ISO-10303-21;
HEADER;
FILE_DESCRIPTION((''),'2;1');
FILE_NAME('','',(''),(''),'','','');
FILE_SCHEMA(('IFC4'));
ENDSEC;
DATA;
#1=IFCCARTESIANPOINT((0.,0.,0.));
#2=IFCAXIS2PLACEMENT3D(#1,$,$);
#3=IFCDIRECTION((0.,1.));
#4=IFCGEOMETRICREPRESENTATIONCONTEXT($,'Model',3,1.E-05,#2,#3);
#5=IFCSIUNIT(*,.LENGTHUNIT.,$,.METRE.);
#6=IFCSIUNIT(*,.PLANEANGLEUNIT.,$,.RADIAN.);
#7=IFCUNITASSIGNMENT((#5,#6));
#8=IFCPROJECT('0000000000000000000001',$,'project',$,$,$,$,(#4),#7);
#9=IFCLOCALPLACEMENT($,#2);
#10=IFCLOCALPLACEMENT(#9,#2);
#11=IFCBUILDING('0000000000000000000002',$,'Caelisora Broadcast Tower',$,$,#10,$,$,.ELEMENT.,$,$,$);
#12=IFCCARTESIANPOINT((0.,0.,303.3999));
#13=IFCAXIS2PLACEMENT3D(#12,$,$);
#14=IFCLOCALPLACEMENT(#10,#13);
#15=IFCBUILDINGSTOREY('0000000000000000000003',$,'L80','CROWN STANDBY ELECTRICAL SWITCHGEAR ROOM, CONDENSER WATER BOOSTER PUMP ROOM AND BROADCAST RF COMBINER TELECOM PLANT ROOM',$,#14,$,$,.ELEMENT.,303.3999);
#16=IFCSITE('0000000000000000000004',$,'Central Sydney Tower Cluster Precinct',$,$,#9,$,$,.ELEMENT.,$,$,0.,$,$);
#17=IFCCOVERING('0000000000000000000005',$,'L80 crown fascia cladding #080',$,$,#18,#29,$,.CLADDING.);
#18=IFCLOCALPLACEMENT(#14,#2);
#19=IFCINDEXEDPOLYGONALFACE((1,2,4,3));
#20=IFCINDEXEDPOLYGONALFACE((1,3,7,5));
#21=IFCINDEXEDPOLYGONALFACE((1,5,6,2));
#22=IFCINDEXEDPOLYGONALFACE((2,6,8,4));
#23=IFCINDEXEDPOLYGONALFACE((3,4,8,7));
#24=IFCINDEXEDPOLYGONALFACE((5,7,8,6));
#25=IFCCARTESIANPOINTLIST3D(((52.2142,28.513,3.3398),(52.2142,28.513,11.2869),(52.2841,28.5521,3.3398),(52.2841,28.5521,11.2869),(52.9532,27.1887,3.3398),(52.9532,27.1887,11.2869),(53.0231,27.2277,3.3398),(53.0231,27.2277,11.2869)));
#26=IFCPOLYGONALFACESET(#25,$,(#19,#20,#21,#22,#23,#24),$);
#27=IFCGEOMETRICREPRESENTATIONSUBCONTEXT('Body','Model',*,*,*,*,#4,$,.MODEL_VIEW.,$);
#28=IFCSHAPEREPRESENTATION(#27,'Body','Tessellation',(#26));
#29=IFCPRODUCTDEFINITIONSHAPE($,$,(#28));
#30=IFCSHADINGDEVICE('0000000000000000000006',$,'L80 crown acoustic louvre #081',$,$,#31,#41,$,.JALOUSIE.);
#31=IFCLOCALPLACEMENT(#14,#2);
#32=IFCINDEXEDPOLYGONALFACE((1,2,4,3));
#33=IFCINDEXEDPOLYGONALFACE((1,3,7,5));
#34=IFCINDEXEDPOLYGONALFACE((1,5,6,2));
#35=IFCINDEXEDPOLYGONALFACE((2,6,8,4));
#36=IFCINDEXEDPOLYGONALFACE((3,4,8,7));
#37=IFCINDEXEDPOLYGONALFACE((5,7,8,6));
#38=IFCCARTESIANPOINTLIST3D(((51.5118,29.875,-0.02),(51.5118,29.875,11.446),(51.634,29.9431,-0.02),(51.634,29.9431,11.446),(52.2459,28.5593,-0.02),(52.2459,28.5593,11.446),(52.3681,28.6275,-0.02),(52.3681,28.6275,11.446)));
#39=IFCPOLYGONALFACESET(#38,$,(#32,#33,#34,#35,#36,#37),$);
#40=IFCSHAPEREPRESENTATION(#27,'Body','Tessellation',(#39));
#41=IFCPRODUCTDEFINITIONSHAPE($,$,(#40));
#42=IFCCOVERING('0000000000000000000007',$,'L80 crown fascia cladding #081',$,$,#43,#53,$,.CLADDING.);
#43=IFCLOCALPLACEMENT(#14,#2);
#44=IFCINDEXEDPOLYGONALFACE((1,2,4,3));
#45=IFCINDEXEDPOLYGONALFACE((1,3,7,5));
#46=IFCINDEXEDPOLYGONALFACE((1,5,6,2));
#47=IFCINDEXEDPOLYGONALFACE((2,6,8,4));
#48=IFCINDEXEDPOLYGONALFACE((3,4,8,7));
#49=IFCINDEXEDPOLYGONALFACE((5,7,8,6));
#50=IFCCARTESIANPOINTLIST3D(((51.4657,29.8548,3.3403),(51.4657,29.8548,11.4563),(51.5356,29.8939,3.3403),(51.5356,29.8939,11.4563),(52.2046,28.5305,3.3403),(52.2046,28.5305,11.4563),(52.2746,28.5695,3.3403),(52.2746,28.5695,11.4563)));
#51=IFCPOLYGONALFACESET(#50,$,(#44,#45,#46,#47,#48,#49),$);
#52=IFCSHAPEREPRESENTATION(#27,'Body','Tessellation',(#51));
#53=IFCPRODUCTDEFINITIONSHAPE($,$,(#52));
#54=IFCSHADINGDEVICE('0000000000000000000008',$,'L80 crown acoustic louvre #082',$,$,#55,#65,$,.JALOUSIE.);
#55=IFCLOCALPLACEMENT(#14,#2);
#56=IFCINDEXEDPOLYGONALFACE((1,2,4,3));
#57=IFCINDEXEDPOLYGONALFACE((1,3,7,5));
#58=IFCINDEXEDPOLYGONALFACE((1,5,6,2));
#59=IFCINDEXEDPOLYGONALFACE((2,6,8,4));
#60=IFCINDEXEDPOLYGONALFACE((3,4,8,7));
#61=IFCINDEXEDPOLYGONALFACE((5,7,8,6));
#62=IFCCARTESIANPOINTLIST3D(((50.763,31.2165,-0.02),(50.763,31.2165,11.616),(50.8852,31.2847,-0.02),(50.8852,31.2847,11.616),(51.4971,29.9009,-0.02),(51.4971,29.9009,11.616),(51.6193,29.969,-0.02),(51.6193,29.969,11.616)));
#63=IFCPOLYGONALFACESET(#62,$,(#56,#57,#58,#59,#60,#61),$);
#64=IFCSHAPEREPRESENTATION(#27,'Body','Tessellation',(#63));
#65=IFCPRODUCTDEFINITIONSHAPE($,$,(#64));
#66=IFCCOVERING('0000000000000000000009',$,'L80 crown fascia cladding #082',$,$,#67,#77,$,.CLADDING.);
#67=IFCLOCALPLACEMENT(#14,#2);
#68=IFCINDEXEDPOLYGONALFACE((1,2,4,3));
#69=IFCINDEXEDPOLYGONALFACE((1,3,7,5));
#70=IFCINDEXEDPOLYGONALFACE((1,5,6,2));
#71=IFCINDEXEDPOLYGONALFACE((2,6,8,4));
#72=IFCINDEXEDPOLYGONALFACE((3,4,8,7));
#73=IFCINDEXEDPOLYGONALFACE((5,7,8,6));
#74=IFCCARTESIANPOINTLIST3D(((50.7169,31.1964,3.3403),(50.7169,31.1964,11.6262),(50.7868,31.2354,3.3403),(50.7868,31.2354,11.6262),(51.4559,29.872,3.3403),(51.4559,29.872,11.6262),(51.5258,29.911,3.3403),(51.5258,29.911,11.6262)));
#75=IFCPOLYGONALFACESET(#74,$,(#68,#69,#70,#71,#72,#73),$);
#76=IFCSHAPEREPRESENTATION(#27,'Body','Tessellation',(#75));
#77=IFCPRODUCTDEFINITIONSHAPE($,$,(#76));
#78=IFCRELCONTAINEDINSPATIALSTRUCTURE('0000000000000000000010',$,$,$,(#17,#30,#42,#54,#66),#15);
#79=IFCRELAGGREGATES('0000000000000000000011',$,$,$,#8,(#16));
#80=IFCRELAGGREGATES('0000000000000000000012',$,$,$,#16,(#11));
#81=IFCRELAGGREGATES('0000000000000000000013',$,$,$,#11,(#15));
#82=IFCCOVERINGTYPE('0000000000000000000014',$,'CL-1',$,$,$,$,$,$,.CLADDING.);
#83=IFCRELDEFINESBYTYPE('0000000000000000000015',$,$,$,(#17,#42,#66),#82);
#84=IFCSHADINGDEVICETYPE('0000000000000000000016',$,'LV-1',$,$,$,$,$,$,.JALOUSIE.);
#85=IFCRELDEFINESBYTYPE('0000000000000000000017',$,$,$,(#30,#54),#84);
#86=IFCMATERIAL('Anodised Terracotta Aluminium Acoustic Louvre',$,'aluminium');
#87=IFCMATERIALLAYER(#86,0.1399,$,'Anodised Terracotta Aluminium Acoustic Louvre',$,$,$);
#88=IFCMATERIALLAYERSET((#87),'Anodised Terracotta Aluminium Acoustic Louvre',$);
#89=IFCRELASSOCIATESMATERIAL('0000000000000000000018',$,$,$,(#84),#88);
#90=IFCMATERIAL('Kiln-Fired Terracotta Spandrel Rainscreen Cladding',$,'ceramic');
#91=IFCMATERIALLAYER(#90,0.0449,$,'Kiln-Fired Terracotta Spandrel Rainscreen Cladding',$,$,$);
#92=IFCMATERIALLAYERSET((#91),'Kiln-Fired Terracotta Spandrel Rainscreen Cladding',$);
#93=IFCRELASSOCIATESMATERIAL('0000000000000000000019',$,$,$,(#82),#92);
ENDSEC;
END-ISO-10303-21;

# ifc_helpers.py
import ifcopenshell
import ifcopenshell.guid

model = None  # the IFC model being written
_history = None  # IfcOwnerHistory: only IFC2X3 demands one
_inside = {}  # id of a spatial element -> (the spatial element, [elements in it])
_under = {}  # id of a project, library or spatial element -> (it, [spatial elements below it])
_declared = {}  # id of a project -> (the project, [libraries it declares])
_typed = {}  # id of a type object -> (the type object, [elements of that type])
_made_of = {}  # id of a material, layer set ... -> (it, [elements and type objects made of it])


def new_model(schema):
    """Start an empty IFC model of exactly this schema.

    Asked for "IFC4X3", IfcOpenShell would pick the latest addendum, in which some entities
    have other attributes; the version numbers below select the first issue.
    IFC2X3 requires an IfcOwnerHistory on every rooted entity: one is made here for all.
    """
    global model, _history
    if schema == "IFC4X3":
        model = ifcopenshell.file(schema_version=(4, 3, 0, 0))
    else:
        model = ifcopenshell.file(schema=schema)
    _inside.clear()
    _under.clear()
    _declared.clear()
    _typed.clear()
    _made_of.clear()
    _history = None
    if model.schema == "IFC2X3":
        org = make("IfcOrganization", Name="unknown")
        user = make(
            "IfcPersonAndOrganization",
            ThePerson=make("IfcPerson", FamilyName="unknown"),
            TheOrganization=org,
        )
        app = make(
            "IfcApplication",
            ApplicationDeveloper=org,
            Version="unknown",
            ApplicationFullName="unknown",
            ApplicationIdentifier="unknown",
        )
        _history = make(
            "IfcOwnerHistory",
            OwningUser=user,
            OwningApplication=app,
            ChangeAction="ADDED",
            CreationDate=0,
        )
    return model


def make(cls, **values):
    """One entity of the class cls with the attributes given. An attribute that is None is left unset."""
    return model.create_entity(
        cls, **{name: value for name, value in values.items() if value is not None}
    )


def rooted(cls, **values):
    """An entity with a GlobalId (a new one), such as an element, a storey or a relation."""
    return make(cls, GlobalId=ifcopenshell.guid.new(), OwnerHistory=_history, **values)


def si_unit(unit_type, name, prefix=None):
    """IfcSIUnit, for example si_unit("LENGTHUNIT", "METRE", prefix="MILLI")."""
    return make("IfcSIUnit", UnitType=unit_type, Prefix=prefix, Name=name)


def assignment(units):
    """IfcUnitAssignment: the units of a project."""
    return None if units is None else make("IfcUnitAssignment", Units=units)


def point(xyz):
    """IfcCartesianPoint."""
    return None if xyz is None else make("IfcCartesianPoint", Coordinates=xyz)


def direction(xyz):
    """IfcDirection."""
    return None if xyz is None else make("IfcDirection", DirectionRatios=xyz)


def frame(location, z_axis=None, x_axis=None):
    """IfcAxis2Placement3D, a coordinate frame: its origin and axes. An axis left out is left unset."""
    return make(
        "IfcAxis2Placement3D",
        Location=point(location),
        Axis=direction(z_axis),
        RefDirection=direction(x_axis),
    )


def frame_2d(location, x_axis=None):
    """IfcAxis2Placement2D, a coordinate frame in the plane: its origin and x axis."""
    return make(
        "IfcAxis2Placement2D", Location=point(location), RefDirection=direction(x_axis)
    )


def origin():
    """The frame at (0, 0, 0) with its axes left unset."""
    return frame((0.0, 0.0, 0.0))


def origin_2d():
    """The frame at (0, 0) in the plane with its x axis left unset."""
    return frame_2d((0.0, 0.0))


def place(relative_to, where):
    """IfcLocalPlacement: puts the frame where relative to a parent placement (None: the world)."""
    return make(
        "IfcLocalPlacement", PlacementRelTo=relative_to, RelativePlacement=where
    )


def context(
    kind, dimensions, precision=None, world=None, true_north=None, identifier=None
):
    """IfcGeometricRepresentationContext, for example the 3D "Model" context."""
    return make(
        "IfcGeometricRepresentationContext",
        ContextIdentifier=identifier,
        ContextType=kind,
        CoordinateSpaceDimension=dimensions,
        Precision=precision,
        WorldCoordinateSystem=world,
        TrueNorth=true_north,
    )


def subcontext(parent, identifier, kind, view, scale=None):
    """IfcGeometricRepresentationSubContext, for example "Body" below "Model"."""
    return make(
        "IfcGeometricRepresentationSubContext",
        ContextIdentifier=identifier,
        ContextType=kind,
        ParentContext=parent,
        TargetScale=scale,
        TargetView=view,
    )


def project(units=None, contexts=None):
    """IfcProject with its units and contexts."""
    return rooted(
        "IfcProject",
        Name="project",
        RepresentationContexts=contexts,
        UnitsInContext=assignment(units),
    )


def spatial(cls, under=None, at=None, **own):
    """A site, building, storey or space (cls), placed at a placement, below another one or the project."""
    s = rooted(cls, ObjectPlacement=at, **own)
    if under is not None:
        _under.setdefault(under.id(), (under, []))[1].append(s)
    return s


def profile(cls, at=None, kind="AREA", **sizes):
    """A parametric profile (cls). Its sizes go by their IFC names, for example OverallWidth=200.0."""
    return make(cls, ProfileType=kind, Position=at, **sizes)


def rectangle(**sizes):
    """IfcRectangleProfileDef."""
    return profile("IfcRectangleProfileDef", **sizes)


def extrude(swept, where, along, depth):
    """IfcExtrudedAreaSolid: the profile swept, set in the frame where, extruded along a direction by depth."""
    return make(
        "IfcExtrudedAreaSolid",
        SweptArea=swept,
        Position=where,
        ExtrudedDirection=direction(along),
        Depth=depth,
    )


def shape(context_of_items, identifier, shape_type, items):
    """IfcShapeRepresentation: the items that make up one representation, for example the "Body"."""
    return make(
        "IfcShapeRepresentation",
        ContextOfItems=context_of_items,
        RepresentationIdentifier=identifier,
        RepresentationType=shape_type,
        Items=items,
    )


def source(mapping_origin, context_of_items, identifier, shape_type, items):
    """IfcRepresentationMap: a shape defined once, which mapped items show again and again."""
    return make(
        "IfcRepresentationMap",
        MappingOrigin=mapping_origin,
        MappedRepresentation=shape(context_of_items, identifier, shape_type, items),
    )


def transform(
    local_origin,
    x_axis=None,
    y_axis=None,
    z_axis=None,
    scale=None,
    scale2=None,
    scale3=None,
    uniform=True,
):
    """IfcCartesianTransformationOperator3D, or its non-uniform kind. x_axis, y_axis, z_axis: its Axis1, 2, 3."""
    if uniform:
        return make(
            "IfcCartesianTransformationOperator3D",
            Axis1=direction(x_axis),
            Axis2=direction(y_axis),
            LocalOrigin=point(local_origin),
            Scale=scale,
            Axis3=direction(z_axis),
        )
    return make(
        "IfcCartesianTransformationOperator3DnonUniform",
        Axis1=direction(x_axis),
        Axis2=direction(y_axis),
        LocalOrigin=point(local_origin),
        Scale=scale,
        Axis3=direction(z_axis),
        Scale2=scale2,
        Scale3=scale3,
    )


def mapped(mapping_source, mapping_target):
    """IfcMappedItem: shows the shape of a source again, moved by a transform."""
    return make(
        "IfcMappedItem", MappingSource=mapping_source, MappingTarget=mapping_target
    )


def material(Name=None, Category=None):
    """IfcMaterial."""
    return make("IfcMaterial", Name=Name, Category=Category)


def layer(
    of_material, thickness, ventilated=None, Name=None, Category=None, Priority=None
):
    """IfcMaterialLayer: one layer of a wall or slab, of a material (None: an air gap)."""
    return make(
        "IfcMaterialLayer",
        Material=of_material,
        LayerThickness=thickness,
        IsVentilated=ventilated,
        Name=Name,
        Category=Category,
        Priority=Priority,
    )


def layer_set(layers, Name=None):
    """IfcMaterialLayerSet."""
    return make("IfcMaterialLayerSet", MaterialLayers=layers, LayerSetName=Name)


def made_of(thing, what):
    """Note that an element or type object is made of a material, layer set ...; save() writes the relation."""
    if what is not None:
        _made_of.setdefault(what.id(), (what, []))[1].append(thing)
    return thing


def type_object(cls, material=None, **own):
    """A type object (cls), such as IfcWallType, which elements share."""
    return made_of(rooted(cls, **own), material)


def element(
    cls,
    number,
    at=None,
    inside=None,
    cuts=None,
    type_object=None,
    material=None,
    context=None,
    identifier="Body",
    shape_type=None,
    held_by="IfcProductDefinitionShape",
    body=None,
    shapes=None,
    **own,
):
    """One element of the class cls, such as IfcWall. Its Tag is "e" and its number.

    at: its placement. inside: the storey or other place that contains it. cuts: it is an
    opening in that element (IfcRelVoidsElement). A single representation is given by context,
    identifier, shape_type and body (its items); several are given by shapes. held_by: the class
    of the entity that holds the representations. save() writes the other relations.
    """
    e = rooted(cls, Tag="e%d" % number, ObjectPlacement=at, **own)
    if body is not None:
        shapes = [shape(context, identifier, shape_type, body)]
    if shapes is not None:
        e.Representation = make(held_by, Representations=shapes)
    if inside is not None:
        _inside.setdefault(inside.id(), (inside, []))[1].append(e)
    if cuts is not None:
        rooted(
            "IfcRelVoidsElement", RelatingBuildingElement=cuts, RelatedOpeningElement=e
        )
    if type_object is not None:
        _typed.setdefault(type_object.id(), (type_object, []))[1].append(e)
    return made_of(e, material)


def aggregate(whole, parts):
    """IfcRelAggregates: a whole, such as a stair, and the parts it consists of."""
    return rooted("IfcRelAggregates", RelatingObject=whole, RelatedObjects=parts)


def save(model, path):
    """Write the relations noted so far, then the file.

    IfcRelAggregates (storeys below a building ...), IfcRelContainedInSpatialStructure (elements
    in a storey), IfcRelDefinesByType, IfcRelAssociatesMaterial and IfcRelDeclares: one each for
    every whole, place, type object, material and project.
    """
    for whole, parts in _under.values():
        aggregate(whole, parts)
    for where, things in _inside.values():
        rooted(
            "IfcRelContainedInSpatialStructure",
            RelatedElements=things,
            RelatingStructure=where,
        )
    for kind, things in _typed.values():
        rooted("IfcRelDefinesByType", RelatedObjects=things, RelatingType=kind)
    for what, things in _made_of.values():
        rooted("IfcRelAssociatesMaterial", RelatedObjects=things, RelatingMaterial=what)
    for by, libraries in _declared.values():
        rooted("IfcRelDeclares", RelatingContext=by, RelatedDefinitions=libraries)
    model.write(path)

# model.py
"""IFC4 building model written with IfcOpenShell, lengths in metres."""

from ifc_helpers import new_model, si_unit, direction, frame, origin, origin_2d, place, context, subcontext, project, spatial, rectangle, extrude, source, transform, mapped, material, layer, layer_set, type_object, element, save


model = new_model("IFC4")

# Units and contexts
model_context = context("Model", 3, precision=1e-05, world=origin(), true_north=direction((0.0, 1.0)))
body_context = subcontext(model_context, "Body", "Model", "MODEL_VIEW")
ifc_project = project(units=[si_unit("LENGTHUNIT", "METRE"), si_unit("PLANEANGLEUNIT", "RADIAN")], contexts=[model_context])

# Site, building, storey
site_placement = place(None, origin())
site = spatial("IfcSite", under=ifc_project, at=site_placement, Name="Central Sydney Tower Cluster Precinct", CompositionType="ELEMENT", RefElevation=0.0)
building_placement = place(site_placement, origin())
building = spatial("IfcBuilding", under=site, at=building_placement, Name="Caelisora Broadcast Tower", CompositionType="ELEMENT")
storey_placement = place(building_placement, frame((0.0, 0.0, 303.3999)))
storey = spatial("IfcBuildingStorey", under=building, at=storey_placement, Name="L80", Description="CROWN STANDBY ELECTRICAL SWITCHGEAR ROOM, CONDENSER WATER BOOSTER PUMP ROOM AND BROADCAST RF COMBINER TELECOM PLANT ROOM", CompositionType="ELEMENT", Elevation=303.3999)

# Shared definitions
ifc_material_1 = material(Name="Anodised Terracotta Aluminium Acoustic Louvre", Category="aluminium")
ifc_layer_1 = layer(ifc_material_1, 0.1399, Name="Anodised Terracotta Aluminium Acoustic Louvre")
ifc_layer_set_1 = layer_set([ifc_layer_1], Name="Anodised Terracotta Aluminium Acoustic Louvre")
shading_device_type = type_object("IfcShadingDeviceType", Name="LV-1", PredefinedType="JALOUSIE", material=ifc_layer_set_1)

# Shared definitions
ifc_material_2 = material(Name="Kiln-Fired Terracotta Spandrel Rainscreen Cladding", Category="ceramic")
ifc_layer_2 = layer(ifc_material_2, 0.0449, Name="Kiln-Fired Terracotta Spandrel Rainscreen Cladding")
ifc_layer_set_2 = layer_set([ifc_layer_2], Name="Kiln-Fired Terracotta Spandrel Rainscreen Cladding")
covering_type = type_object("IfcCoveringType", Name="CL-1", PredefinedType="CLADDING", material=ifc_layer_set_2)

# Covering
shared_shape_1 = source(origin(), body_context, "Body", "SweptSolid", [
    extrude(rectangle(XDim=1.5166, YDim=0.0801, at=origin_2d()), origin(), (0.0, 0.0, 1.0), 7.947),
])
covering_1_placement = place(storey_placement, frame((52.6187, 27.8704, 3.3398), z_axis=(0.0, 0.0, 1.0), x_axis=(-0.48725, 0.873262, 0.0)))
element("IfcCovering", 1, at=covering_1_placement, inside=storey, type_object=covering_type, Name="L80 crown fascia cladding #080", PredefinedType="CLADDING", context=body_context, shape_type="MappedRepresentation", body=[
    mapped(shared_shape_1, transform((0.0, 0.0, 0.0), scale=1.0)),
])

# Shading device
shared_shape_2 = source(origin(), body_context, "Body", "SweptSolid", [
    extrude(rectangle(XDim=1.5066, YDim=0.1399, at=origin_2d()), origin(), (0.0, 0.0, 1.0), 11.4661),
])
shading_device_1_placement = place(storey_placement, frame((51.9399, 29.2512, -0.02), z_axis=(0.0, 0.0, 1.0), x_axis=(-0.48725, 0.873262, 0.0)))
element("IfcShadingDevice", 2, at=shading_device_1_placement, inside=storey, type_object=shading_device_type, Name="L80 crown acoustic louvre #081", PredefinedType="JALOUSIE", context=body_context, shape_type="MappedRepresentation", body=[
    mapped(shared_shape_2, transform((0.0, 0.0, 0.0), scale=1.0)),
])

# Covering
shared_shape_3 = source(origin(), body_context, "Body", "SweptSolid", [
    extrude(rectangle(XDim=1.5166, YDim=0.0801, at=origin_2d()), origin(), (0.0, 0.0, 1.0), 8.116),
])
covering_2_placement = place(storey_placement, frame((51.8701, 29.2122, 3.3403), z_axis=(0.0, 0.0, 1.0), x_axis=(-0.48725, 0.873262, 0.0)))
element("IfcCovering", 3, at=covering_2_placement, inside=storey, type_object=covering_type, Name="L80 crown fascia cladding #081", PredefinedType="CLADDING", context=body_context, shape_type="MappedRepresentation", body=[
    mapped(shared_shape_3, transform((0.0, 0.0, 0.0), scale=1.0)),
])

# Shading device
shared_shape_4 = source(origin(), body_context, "Body", "SweptSolid", [
    extrude(rectangle(XDim=1.5066, YDim=0.1399, at=origin_2d()), origin(), (0.0, 0.0, 1.0), 11.636),
])
shading_device_2_placement = place(storey_placement, frame((51.1912, 30.5928, -0.02), z_axis=(0.0, 0.0, 1.0), x_axis=(-0.48725, 0.873262, 0.0)))
element("IfcShadingDevice", 4, at=shading_device_2_placement, inside=storey, type_object=shading_device_type, Name="L80 crown acoustic louvre #082", PredefinedType="JALOUSIE", context=body_context, shape_type="MappedRepresentation", body=[
    mapped(shared_shape_4, transform((0.0, 0.0, 0.0), scale=1.0)),
])

# Covering
shared_shape_5 = source(origin(), body_context, "Body", "SweptSolid", [
    extrude(rectangle(XDim=1.5166, YDim=0.0801, at=origin_2d()), origin(), (0.0, 0.0, 1.0), 8.2859),
])
covering_3_placement = place(storey_placement, frame((51.1213, 30.5537, 3.3403), z_axis=(0.0, 0.0, 1.0), x_axis=(-0.48725, 0.873262, 0.0)))
element("IfcCovering", 5, at=covering_3_placement, inside=storey, type_object=covering_type, Name="L80 crown fascia cladding #082", PredefinedType="CLADDING", context=body_context, shape_type="MappedRepresentation", body=[
    mapped(shared_shape_5, transform((0.0, 0.0, 0.0), scale=1.0)),
])

save(model, "model.ifc")
